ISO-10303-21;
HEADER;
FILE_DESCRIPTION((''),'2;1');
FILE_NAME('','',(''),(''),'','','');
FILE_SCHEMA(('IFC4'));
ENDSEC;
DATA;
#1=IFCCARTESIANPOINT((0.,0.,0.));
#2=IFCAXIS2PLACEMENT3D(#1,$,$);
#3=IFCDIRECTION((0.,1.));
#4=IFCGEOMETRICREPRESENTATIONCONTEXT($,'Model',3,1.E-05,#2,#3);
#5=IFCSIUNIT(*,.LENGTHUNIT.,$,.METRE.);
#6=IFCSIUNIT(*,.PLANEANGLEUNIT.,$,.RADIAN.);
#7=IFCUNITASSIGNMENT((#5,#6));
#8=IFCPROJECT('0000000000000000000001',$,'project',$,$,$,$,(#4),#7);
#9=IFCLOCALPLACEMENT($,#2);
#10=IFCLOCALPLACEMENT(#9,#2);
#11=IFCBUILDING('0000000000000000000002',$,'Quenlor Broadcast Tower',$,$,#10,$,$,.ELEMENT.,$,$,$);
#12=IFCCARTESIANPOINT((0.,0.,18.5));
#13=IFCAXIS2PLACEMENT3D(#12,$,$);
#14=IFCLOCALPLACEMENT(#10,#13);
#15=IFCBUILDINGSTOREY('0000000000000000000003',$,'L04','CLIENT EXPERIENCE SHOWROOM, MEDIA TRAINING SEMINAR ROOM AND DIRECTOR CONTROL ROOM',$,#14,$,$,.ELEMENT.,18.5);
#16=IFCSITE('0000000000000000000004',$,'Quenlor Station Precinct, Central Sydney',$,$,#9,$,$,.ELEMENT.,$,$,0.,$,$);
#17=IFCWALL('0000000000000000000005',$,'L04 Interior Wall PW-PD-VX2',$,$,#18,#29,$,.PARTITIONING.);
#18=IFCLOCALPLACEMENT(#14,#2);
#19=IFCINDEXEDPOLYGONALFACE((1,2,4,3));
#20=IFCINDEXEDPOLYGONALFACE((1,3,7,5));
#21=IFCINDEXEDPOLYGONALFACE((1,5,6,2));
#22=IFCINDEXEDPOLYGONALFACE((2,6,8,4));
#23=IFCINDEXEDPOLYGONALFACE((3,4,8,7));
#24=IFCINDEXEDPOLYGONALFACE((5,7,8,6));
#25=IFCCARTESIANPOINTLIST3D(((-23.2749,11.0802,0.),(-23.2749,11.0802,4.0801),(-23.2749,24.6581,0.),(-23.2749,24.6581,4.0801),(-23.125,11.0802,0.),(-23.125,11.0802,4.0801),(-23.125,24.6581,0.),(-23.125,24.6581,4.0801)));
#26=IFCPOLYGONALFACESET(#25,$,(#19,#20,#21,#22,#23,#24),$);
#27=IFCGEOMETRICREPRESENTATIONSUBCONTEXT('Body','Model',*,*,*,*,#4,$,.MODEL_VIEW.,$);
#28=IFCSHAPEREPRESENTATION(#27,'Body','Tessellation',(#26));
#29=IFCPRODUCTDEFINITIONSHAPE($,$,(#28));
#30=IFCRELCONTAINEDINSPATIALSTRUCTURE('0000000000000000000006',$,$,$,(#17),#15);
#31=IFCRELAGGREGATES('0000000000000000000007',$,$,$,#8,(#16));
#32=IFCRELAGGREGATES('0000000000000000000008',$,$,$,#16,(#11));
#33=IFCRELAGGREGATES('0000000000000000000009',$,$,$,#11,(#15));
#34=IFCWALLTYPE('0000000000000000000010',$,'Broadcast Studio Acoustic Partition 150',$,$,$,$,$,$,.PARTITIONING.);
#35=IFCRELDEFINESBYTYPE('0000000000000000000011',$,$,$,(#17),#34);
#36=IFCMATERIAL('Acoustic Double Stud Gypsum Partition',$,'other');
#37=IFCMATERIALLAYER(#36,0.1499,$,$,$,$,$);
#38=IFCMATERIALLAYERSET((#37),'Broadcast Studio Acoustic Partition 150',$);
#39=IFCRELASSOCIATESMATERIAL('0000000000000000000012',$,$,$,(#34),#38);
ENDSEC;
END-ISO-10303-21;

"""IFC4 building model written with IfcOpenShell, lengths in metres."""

from ifc_helpers import new_model, si_unit, direction, frame, frame_2d, origin, place, context, subcontext, project, spatial, rectangle, extrude, material, layer, layer_set, type_object, element, save


model = new_model("IFC4")

# Units and contexts
model_context = context("Model", 3, precision=1e-05, world=origin(), true_north=direction((0.0, 1.0)))
body_context = subcontext(model_context, "Body", "Model", "MODEL_VIEW")
ifc_project = project(units=[si_unit("LENGTHUNIT", "METRE"), si_unit("PLANEANGLEUNIT", "RADIAN")], contexts=[model_context])

# Site, building, storey
site_placement = place(None, origin())
site = spatial("IfcSite", under=ifc_project, at=site_placement, Name="Quenlor Station Precinct, Central Sydney", CompositionType="ELEMENT", RefElevation=0.0)
building_placement = place(site_placement, origin())
building = spatial("IfcBuilding", under=site, at=building_placement, Name="Quenlor Broadcast Tower", CompositionType="ELEMENT")
storey_placement = place(building_placement, frame((0.0, 0.0, 18.5)))
storey = spatial("IfcBuildingStorey", under=building, at=storey_placement, Name="L04", Description="CLIENT EXPERIENCE SHOWROOM, MEDIA TRAINING SEMINAR ROOM AND DIRECTOR CONTROL ROOM", CompositionType="ELEMENT", Elevation=18.5)

# Wall
ifc_material_1 = material(Name="Acoustic Double Stud Gypsum Partition", Category="other")
ifc_layer = layer(ifc_material_1, 0.1499)
ifc_layer_set = layer_set([ifc_layer], Name="Broadcast Studio Acoustic Partition 150")
wall_type = type_object("IfcWallType", Name="Broadcast Studio Acoustic Partition 150", PredefinedType="PARTITIONING", material=ifc_layer_set)
wall_placement = place(storey_placement, frame((-23.2, 11.0801, 0.0), z_axis=(0.0, 0.0, 1.0), x_axis=(0.0, 1.0, 0.0)))
element("IfcWall", 1, at=wall_placement, inside=storey, type_object=wall_type, Name="L04 Interior Wall PW-PD-VX2", PredefinedType="PARTITIONING", context=body_context, shape_type="SweptSolid", body=[
    extrude(rectangle(XDim=13.5779, YDim=0.1499, at=frame_2d((6.7891, 0.0))), origin(), (0.0, 0.0, 1.0), 4.0801),
])

save(model, "model.ifc")
